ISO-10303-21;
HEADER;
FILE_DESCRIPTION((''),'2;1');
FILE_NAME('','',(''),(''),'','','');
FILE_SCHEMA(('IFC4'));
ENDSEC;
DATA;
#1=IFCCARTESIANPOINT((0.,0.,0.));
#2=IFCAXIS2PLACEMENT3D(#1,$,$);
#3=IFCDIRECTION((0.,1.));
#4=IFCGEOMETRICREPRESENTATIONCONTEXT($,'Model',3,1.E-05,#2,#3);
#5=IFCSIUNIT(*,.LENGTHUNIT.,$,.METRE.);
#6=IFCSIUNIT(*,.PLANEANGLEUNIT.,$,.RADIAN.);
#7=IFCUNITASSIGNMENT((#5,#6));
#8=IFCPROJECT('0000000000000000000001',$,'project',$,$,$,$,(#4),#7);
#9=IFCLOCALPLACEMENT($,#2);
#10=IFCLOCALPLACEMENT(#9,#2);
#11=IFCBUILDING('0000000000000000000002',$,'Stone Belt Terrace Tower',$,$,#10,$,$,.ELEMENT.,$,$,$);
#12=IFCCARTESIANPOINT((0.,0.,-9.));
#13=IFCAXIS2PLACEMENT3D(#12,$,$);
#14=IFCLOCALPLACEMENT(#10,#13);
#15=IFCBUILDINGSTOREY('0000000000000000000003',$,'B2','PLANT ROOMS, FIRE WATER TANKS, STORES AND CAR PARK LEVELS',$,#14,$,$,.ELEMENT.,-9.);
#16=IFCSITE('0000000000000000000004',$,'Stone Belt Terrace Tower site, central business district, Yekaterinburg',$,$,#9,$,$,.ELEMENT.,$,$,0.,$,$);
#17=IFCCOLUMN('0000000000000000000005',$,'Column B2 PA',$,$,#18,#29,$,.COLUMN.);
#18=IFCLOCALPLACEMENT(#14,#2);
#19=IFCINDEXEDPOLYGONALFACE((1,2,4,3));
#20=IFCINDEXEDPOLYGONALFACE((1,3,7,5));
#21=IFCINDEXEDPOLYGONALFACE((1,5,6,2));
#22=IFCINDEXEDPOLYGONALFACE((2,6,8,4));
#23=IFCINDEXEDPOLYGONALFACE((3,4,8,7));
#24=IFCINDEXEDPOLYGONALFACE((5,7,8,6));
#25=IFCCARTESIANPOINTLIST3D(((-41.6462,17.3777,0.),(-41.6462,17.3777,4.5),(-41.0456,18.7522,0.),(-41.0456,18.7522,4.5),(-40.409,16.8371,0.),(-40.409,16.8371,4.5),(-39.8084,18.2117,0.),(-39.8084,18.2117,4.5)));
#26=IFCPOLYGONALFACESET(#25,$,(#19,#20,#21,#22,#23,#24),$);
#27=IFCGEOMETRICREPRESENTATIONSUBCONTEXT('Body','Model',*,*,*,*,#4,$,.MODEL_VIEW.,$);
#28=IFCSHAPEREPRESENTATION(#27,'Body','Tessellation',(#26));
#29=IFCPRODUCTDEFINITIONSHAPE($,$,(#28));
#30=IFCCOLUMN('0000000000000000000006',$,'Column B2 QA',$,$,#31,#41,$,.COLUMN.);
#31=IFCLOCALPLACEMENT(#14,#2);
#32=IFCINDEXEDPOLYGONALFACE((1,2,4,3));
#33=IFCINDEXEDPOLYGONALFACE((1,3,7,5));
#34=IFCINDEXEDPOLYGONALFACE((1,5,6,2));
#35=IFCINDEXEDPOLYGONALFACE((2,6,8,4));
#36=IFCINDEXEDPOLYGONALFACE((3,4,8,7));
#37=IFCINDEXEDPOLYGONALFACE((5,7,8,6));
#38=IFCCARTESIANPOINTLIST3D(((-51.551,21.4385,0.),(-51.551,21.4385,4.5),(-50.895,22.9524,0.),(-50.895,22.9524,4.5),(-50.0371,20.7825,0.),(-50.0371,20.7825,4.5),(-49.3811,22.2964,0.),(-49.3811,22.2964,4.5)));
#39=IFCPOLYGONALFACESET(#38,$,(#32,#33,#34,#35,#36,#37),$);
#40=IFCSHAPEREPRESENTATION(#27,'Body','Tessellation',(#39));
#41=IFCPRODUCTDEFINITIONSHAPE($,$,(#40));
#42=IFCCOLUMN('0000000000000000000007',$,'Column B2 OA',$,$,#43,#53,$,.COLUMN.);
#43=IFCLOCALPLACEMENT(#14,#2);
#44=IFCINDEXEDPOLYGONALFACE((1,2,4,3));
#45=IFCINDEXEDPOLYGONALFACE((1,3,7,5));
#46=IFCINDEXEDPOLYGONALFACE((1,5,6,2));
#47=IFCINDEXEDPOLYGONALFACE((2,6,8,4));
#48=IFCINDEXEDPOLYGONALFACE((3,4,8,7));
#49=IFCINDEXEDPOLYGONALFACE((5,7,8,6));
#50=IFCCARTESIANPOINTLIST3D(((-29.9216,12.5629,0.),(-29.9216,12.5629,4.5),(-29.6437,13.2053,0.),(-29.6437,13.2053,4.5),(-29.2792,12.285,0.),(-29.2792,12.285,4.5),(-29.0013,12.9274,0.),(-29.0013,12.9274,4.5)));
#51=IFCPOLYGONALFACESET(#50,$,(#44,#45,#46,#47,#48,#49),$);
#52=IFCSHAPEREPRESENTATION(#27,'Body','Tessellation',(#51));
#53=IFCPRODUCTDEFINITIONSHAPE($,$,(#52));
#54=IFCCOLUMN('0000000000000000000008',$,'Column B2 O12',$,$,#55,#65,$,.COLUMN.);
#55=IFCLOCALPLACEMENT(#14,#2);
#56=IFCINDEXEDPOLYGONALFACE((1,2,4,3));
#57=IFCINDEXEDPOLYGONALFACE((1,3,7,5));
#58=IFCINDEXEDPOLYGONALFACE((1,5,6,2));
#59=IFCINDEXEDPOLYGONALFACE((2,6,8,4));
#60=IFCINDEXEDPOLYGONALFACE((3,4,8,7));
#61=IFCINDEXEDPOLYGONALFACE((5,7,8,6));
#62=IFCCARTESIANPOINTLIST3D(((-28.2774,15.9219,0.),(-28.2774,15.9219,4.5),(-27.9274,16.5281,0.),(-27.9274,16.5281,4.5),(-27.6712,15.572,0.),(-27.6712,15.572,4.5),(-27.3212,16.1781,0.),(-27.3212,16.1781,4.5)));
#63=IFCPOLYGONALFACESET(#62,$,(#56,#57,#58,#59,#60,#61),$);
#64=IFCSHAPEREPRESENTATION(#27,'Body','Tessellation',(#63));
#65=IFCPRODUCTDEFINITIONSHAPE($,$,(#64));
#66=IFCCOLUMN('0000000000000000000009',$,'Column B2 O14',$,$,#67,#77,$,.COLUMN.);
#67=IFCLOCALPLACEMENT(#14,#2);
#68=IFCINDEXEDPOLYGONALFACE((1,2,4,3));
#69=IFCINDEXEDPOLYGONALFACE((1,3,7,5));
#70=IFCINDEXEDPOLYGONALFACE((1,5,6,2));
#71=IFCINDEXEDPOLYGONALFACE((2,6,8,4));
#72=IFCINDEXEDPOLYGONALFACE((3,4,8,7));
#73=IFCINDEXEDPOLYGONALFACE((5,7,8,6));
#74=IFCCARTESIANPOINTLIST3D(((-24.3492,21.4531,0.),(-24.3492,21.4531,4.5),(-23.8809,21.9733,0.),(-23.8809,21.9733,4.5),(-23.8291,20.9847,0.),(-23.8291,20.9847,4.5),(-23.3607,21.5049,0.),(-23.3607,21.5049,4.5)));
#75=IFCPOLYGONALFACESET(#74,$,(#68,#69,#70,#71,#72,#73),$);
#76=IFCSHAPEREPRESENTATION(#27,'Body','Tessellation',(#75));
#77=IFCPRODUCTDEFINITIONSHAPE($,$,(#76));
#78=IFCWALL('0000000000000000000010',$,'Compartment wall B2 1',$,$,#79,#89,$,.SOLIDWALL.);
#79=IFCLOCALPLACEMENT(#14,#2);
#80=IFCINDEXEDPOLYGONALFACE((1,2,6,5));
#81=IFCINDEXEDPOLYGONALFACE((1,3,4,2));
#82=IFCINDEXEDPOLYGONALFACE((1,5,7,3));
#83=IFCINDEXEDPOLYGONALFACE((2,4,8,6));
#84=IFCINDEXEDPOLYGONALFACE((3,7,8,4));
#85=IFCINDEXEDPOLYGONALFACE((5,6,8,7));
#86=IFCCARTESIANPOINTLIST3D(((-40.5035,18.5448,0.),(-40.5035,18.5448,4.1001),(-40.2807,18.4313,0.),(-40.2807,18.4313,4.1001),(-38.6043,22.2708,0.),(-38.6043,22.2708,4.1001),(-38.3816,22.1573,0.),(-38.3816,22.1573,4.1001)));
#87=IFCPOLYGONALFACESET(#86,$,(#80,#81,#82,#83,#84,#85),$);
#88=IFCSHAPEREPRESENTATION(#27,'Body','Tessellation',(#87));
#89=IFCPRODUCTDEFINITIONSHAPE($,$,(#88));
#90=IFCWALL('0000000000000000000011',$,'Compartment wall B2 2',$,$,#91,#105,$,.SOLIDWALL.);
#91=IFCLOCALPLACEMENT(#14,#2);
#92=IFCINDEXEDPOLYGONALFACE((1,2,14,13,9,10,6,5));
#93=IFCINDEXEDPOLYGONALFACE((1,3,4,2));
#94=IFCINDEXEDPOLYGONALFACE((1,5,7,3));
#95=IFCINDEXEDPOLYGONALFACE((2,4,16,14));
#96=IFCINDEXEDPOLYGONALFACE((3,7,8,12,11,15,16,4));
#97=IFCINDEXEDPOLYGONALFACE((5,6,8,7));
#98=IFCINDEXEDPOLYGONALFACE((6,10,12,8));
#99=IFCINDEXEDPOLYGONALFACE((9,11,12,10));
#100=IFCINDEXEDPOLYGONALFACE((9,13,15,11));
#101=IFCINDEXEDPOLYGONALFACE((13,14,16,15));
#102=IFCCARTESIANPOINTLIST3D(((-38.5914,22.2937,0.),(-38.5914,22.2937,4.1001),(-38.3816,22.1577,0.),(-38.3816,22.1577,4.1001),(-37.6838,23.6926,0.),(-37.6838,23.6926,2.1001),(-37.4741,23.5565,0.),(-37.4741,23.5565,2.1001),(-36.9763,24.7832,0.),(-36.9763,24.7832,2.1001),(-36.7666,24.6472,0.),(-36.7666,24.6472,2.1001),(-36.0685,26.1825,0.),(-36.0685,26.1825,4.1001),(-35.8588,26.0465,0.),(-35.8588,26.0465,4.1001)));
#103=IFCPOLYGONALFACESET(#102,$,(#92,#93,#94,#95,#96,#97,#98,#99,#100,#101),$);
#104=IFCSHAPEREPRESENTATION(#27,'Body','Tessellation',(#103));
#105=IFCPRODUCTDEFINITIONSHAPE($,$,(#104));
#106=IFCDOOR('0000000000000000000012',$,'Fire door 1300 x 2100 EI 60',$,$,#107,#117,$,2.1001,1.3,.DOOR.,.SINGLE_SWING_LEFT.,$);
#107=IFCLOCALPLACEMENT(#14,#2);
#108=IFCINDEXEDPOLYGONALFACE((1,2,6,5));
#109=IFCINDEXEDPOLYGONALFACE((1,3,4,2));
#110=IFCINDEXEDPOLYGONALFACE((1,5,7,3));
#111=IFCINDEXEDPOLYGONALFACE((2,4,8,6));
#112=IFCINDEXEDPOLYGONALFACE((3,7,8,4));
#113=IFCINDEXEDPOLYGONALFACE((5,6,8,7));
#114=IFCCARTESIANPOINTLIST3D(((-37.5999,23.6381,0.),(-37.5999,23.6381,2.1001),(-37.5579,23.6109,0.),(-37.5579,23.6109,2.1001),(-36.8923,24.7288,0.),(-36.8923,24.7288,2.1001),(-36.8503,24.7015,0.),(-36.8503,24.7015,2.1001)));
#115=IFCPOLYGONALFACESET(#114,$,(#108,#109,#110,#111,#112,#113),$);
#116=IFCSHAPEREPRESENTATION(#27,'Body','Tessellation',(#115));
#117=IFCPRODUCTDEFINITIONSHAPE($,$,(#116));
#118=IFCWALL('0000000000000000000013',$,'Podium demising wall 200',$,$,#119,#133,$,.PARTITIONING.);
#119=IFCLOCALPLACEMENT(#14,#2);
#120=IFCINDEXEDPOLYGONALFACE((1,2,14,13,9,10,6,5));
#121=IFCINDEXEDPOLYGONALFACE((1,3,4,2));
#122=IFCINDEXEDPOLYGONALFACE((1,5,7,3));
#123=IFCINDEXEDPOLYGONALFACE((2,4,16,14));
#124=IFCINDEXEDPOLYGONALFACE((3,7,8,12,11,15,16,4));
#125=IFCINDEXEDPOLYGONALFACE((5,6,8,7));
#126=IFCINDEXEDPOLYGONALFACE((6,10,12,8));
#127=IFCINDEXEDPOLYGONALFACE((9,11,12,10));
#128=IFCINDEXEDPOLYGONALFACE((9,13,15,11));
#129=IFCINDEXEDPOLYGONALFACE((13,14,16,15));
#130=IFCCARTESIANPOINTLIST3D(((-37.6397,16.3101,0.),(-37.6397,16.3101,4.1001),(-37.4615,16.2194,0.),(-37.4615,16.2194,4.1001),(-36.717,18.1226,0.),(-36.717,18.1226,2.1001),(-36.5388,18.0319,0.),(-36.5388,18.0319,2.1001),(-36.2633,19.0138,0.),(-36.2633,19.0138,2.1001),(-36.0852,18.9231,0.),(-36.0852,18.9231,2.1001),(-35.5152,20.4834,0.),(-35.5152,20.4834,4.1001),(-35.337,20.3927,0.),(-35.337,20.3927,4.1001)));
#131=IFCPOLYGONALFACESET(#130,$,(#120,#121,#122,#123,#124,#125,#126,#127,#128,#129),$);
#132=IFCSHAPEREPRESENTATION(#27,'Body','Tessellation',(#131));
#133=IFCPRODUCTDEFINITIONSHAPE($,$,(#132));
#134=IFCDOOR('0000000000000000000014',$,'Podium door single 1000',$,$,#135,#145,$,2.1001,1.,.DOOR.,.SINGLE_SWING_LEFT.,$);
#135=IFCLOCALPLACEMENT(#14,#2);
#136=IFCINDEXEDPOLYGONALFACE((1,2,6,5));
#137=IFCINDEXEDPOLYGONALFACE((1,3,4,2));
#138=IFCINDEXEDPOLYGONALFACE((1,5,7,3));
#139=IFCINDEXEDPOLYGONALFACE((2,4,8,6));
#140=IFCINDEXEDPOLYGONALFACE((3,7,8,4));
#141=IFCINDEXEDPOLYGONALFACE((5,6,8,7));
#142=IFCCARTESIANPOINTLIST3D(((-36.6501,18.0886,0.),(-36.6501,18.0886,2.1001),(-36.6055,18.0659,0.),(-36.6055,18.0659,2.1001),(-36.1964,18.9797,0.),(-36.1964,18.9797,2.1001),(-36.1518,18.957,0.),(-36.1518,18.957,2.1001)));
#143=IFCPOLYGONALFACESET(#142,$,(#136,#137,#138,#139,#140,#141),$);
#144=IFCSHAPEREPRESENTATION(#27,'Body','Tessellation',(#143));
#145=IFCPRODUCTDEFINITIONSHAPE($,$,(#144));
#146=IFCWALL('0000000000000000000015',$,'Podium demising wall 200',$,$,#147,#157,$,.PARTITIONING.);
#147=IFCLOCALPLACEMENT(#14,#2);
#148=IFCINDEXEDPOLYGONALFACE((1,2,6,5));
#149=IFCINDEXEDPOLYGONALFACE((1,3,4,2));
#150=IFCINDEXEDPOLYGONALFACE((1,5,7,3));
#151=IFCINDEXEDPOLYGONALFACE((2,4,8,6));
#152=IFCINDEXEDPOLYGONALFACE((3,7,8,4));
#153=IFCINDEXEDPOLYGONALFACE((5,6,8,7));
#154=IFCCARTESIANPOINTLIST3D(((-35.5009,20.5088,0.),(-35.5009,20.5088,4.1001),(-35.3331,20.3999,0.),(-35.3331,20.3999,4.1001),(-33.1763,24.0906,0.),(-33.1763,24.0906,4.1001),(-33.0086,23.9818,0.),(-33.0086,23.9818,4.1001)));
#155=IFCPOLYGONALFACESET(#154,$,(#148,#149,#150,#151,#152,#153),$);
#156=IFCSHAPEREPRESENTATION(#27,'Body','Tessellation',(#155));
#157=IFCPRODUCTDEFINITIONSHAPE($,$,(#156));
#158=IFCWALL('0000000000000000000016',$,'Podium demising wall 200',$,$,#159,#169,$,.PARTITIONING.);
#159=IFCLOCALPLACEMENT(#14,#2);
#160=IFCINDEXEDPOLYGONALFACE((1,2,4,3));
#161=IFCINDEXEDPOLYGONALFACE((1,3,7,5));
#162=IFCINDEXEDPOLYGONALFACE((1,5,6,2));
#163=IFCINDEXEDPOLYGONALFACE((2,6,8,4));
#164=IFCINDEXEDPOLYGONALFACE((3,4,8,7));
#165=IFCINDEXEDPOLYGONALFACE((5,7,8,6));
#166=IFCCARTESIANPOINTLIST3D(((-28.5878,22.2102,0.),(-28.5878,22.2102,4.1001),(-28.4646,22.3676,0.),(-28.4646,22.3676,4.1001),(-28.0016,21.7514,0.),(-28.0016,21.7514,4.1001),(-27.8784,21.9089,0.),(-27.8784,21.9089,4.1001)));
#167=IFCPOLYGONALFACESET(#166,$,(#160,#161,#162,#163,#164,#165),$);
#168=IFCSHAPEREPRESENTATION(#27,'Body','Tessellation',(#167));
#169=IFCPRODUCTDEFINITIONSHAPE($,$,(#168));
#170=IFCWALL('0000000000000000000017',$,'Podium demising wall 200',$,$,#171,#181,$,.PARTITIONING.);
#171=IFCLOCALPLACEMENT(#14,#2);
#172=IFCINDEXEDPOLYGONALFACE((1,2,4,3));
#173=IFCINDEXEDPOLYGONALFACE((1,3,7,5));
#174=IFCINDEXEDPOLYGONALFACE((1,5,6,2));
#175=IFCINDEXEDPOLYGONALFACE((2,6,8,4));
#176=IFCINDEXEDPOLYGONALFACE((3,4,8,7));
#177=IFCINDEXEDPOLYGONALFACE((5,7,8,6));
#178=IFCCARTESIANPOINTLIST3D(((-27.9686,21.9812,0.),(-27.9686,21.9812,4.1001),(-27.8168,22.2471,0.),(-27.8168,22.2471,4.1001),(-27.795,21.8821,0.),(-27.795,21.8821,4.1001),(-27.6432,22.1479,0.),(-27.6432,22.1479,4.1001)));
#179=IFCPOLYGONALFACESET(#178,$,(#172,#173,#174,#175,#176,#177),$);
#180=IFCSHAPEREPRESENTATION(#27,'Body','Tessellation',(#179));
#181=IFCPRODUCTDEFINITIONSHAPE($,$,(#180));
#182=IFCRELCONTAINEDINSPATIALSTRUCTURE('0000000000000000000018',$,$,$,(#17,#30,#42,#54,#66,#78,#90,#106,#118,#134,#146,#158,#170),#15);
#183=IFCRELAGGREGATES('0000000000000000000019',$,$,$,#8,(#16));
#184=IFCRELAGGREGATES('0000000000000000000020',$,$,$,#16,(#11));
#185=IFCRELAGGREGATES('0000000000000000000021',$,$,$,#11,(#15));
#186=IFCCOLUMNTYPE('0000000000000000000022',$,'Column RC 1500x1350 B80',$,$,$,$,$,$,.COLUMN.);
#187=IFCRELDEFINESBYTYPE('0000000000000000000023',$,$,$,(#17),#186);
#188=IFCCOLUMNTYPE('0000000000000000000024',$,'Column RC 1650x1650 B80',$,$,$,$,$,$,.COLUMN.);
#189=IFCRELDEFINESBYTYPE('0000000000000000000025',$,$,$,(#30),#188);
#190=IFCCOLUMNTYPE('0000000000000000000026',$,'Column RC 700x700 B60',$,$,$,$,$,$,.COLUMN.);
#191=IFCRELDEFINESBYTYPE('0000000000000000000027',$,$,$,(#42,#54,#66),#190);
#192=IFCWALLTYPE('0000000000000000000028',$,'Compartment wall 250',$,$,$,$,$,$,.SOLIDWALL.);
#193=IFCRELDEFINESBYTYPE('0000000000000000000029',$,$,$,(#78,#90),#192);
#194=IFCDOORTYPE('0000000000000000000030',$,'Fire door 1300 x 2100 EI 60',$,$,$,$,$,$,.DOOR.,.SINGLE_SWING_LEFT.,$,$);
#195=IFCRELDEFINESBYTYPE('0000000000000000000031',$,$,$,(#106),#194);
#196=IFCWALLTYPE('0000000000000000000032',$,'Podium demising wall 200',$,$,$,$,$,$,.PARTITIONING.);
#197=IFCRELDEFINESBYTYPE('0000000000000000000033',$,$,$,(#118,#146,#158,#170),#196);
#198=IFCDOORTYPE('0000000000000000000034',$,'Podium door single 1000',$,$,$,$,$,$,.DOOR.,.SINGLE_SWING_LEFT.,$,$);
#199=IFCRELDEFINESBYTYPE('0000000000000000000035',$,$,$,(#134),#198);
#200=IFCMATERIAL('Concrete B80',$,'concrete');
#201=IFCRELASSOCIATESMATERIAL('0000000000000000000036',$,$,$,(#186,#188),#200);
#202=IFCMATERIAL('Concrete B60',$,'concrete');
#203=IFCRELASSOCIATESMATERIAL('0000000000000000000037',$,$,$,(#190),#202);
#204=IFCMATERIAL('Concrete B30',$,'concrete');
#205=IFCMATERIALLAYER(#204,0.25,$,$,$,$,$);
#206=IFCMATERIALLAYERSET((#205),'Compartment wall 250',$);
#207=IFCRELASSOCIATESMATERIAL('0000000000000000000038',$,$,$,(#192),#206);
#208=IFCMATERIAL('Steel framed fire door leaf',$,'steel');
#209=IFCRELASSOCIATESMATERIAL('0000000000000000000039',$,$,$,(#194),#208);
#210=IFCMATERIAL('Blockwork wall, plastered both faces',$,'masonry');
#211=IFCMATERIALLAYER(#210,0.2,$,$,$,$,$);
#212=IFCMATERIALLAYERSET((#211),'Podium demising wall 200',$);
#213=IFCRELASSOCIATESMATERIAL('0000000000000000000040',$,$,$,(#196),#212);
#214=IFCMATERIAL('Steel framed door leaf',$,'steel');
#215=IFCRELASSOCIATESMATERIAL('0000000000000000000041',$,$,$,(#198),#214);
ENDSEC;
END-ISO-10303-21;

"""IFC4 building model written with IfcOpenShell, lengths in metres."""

from ifc_helpers import new_model, si_unit, direction, frame, frame_2d, origin, origin_2d, place, context, subcontext, project, spatial, rectangle, extrude, material, layer, layer_set, material_profile, profile_set, type_object, element, fill, save


model = new_model("IFC4")

# Units and contexts
model_context = context("Model", 3, precision=1e-05, world=origin(), true_north=direction((0.0, 1.0)))
body_context = subcontext(model_context, "Body", "Model", "MODEL_VIEW")
ifc_project = project(units=[si_unit("LENGTHUNIT", "METRE"), si_unit("PLANEANGLEUNIT", "RADIAN")], contexts=[model_context])

# Site, building, storey
site_placement = place(None, origin())
site = spatial("IfcSite", under=ifc_project, at=site_placement, Name="Stone Belt Terrace Tower site, central business district, Yekaterinburg", CompositionType="ELEMENT", RefElevation=0.0)
building_placement = place(site_placement, origin())
building = spatial("IfcBuilding", under=site, at=building_placement, Name="Stone Belt Terrace Tower", CompositionType="ELEMENT")
storey_placement = place(building_placement, frame((0.0, 0.0, -9.0)))
storey = spatial("IfcBuildingStorey", under=building, at=storey_placement, Name="B2", Description="PLANT ROOMS, FIRE WATER TANKS, STORES AND CAR PARK LEVELS", CompositionType="ELEMENT", Elevation=-9.0)

# Columns
ifc_material_1 = material(Name="Concrete B80", Category="concrete")
ifc_material_profile_1 = material_profile(ifc_material_1, rectangle(XDim=1.5, YDim=1.3501, at=origin_2d()), Name="RC 1500x1350")
ifc_profile_set_1 = profile_set([ifc_material_profile_1], Name="Concrete B80")
column_type_1 = type_object("IfcColumnType", Name="Column RC 1500x1350 B80", PredefinedType="COLUMN", material=ifc_profile_set_1)
column_1_placement = place(storey_placement, frame((-40.7273, 17.7947, 0.0), z_axis=(0.0, 0.0, 1.0), x_axis=(0.400376, 0.916351, 0.0)))
element("IfcColumn", 1, at=column_1_placement, inside=storey, type_object=column_type_1, Name="Column B2 PA", PredefinedType="COLUMN", context=body_context, shape_type="SweptSolid", body=[
    extrude(rectangle(XDim=1.5, YDim=1.3501, at=origin_2d()), origin(), (0.0, 0.0, 1.0), 4.5),
])
ifc_material_profile_2 = material_profile(ifc_material_1, rectangle(XDim=1.6499, YDim=1.6499, at=origin_2d()), Name="RC 1650x1650")
ifc_profile_set_2 = profile_set([ifc_material_profile_2], Name="Concrete B80")
column_type_2 = type_object("IfcColumnType", Name="Column RC 1650x1650 B80", PredefinedType="COLUMN", material=ifc_profile_set_2)
column_2_placement = place(storey_placement, frame((-50.4661, 21.8674, 0.0), z_axis=(0.0, 0.0, 1.0), x_axis=(0.397588, 0.917564, 0.0)))
element("IfcColumn", 2, at=column_2_placement, inside=storey, type_object=column_type_2, Name="Column B2 QA", PredefinedType="COLUMN", context=body_context, shape_type="SweptSolid", body=[
    extrude(rectangle(XDim=1.6499, YDim=1.6499, at=origin_2d()), origin(), (0.0, 0.0, 1.0), 4.5),
])
ifc_material_2 = material(Name="Concrete B60", Category="concrete")
ifc_material_profile_3 = material_profile(ifc_material_2, rectangle(XDim=0.7, YDim=0.7, at=origin_2d()), Name="RC 700x700")
ifc_profile_set_3 = profile_set([ifc_material_profile_3], Name="Concrete B60")
column_type_3 = type_object("IfcColumnType", Name="Column RC 700x700 B60", PredefinedType="COLUMN", material=ifc_profile_set_3)
for number, where, z_axis, x_axis, name in (
    (3, (-29.4614, 12.7451, 0.0), (0.0, 0.0, 1.0), (0.397044, 0.9178, 0.0), "Column B2 OA"),
    (4, (-27.7993, 16.05, 0.0), (0.0, 0.0, 1.0), (0.5, 0.866025, 0.0), "Column B2 O12"),
    (5, (-23.855, 21.479, 0.0), (0.0, 0.0, 1.0), (0.669131, 0.743145, 0.0), "Column B2 O14"),
):
    element("IfcColumn", number, at=place(storey_placement, frame(where, z_axis=z_axis, x_axis=x_axis)), inside=storey, type_object=column_type_3, Name=name, PredefinedType="COLUMN", context=body_context, shape_type="SweptSolid", body=[
        extrude(rectangle(XDim=0.7, YDim=0.7, at=origin_2d()), origin(), (0.0, 0.0, 1.0), 4.5),
    ])

# Wall
ifc_material_3 = material(Name="Concrete B30", Category="concrete")
ifc_layer_1 = layer(ifc_material_3, 0.25)
ifc_layer_set_1 = layer_set([ifc_layer_1], Name="Compartment wall 250")
wall_type_1 = type_object("IfcWallType", Name="Compartment wall 250", PredefinedType="SOLIDWALL", material=ifc_layer_set_1)
wall_1_placement = place(storey_placement, frame((-40.3921, 18.488, 0.0), z_axis=(0.0, 0.0, 1.0), x_axis=(0.454112, 0.890945, 0.0)))
element("IfcWall", 6, at=wall_1_placement, inside=storey, type_object=wall_type_1, Name="Compartment wall B2 1", PredefinedType="SOLIDWALL", context=body_context, shape_type="SweptSolid", body=[
    extrude(rectangle(XDim=4.1821, YDim=0.25, at=frame_2d((2.0911, 0.0))), origin(), (0.0, 0.0, 1.0), 4.1001),
])

# Walls, openings, doors
wall_2_placement = place(storey_placement, frame((-38.4866, 22.2256, 0.0), z_axis=(0.0, 0.0, 1.0), x_axis=(0.544253, 0.838921, 0.0)))
wall_2 = element("IfcWall", 7, at=wall_2_placement, inside=storey, type_object=wall_type_1, Name="Compartment wall B2 2", PredefinedType="SOLIDWALL", context=body_context, shape_type="SweptSolid", body=[
    extrude(rectangle(XDim=4.6355, YDim=0.25, at=frame_2d((2.3179, 0.0))), origin(), (0.0, 0.0, 1.0), 4.1001),
])
opening_1_placement = place(wall_2_placement, frame((1.6677, 0.0, 0.0)))
opening_1 = element("IfcOpeningElement", 8, at=opening_1_placement, cuts=wall_2, PredefinedType="OPENING", context=body_context, shape_type="SweptSolid", body=[
    extrude(rectangle(XDim=1.3, YDim=2.1001, at=frame_2d((0.6499, 1.05))), frame((0.0, 0.135, 0.0), z_axis=(0.0, -1.0, 0.0), x_axis=(1.0, 0.0, 0.0)), (0.0, 0.0, 1.0), 0.27),
])
ifc_material_4 = material(Name="Steel framed fire door leaf", Category="steel")
door_type_1 = type_object("IfcDoorType", Name="Fire door 1300 x 2100 EI 60", OperationType="SINGLE_SWING_LEFT", PredefinedType="DOOR", material=ifc_material_4)
door_1_placement = place(opening_1_placement, origin())
door_1 = element("IfcDoor", 9, at=door_1_placement, inside=storey, type_object=door_type_1, Name="Fire door 1300 x 2100 EI 60", OperationType="SINGLE_SWING_LEFT", OverallHeight=2.1001, OverallWidth=1.3, PredefinedType="DOOR", context=body_context, shape_type="SweptSolid", body=[
    extrude(rectangle(XDim=1.3, YDim=2.1001, at=frame_2d((0.6499, 1.05))), frame((0.0, 0.0249, 0.0), z_axis=(0.0, -1.0, 0.0), x_axis=(1.0, 0.0, 0.0)), (0.0, 0.0, 1.0), 0.05),
])
fill(opening_1, door_1)
ifc_material_5 = material(Name="Blockwork wall, plastered both faces", Category="masonry")
ifc_layer_2 = layer(ifc_material_5, 0.2)
ifc_layer_set_2 = layer_set([ifc_layer_2], Name="Podium demising wall 200")
wall_type_2 = type_object("IfcWallType", Name="Podium demising wall 200", PredefinedType="PARTITIONING", material=ifc_layer_set_2)
wall_3_placement = place(storey_placement, frame((-37.5505, 16.2649, 0.0), z_axis=(0.0, 0.0, 1.0), x_axis=(0.453666, 0.891172, 0.0)))
wall_3 = element("IfcWall", 10, at=wall_3_placement, inside=storey, type_object=wall_type_2, Name="Podium demising wall 200", PredefinedType="PARTITIONING", context=body_context, shape_type="SweptSolid", body=[
    extrude(rectangle(XDim=4.6829, YDim=0.2, at=frame_2d((2.3413, 0.0))), origin(), (0.0, 0.0, 1.0), 4.1001),
])
opening_2_placement = place(wall_3_placement, frame((2.0337, 0.0, 0.0)))
opening_2 = element("IfcOpeningElement", 11, at=opening_2_placement, cuts=wall_3, PredefinedType="OPENING", context=body_context, shape_type="SweptSolid", body=[
    extrude(rectangle(XDim=1.0, YDim=2.1001, at=frame_2d((0.5, 1.05))), frame((0.0, 0.1099, 0.0), z_axis=(0.0, -1.0, 0.0), x_axis=(1.0, 0.0, 0.0)), (0.0, 0.0, 1.0), 0.22),
])
ifc_material_6 = material(Name="Steel framed door leaf", Category="steel")
door_type_2 = type_object("IfcDoorType", Name="Podium door single 1000", OperationType="SINGLE_SWING_LEFT", PredefinedType="DOOR", material=ifc_material_6)
door_2_placement = place(opening_2_placement, origin())
door_2 = element("IfcDoor", 12, at=door_2_placement, inside=storey, type_object=door_type_2, Name="Podium door single 1000", OperationType="SINGLE_SWING_LEFT", OverallHeight=2.1001, OverallWidth=1.0, PredefinedType="DOOR", context=body_context, shape_type="SweptSolid", body=[
    extrude(rectangle(XDim=1.0, YDim=2.1001, at=frame_2d((0.5, 1.05))), frame((0.0, 0.0249, 0.0), z_axis=(0.0, -1.0, 0.0), x_axis=(1.0, 0.0, 0.0)), (0.0, 0.0, 1.0), 0.05),
])
fill(opening_2, door_2)

# Walls
wall_4_placement = place(storey_placement, frame((-35.417, 20.4543, 0.0), z_axis=(0.0, 0.0, 1.0), x_axis=(0.544379, 0.838839, 0.0)))
element("IfcWall", 13, at=wall_4_placement, inside=storey, type_object=wall_type_2, Name="Podium demising wall 200", PredefinedType="PARTITIONING", context=body_context, shape_type="SweptSolid", body=[
    extrude(rectangle(XDim=4.27, YDim=0.2, at=frame_2d((2.135, 0.0))), origin(), (0.0, 0.0, 1.0), 4.1001),
])
wall_5_placement = place(storey_placement, frame((-28.5261, 22.2888, 0.0), z_axis=(0.0, 0.0, 1.0), x_axis=(0.787512, -0.616299, 0.0)))
element("IfcWall", 14, at=wall_5_placement, inside=storey, type_object=wall_type_2, Name="Podium demising wall 200", PredefinedType="PARTITIONING", context=body_context, shape_type="SweptSolid", body=[
    extrude(rectangle(XDim=0.7444, YDim=0.2, at=frame_2d((0.3721, 0.0))), origin(), (0.0, 0.0, 1.0), 4.1001),
])
wall_6_placement = place(storey_placement, frame((-27.8818, 21.9316, 0.0), z_axis=(0.0, 0.0, 1.0), x_axis=(0.495967, 0.868341, 0.0)))
element("IfcWall", 15, at=wall_6_placement, inside=storey, type_object=wall_type_2, Name="Podium demising wall 200", PredefinedType="PARTITIONING", context=body_context, shape_type="SweptSolid", body=[
    extrude(rectangle(XDim=0.3062, YDim=0.2, at=frame_2d((0.1531, 0.0))), origin(), (0.0, 0.0, 1.0), 4.1001),
])

save(model, "model.ifc")
